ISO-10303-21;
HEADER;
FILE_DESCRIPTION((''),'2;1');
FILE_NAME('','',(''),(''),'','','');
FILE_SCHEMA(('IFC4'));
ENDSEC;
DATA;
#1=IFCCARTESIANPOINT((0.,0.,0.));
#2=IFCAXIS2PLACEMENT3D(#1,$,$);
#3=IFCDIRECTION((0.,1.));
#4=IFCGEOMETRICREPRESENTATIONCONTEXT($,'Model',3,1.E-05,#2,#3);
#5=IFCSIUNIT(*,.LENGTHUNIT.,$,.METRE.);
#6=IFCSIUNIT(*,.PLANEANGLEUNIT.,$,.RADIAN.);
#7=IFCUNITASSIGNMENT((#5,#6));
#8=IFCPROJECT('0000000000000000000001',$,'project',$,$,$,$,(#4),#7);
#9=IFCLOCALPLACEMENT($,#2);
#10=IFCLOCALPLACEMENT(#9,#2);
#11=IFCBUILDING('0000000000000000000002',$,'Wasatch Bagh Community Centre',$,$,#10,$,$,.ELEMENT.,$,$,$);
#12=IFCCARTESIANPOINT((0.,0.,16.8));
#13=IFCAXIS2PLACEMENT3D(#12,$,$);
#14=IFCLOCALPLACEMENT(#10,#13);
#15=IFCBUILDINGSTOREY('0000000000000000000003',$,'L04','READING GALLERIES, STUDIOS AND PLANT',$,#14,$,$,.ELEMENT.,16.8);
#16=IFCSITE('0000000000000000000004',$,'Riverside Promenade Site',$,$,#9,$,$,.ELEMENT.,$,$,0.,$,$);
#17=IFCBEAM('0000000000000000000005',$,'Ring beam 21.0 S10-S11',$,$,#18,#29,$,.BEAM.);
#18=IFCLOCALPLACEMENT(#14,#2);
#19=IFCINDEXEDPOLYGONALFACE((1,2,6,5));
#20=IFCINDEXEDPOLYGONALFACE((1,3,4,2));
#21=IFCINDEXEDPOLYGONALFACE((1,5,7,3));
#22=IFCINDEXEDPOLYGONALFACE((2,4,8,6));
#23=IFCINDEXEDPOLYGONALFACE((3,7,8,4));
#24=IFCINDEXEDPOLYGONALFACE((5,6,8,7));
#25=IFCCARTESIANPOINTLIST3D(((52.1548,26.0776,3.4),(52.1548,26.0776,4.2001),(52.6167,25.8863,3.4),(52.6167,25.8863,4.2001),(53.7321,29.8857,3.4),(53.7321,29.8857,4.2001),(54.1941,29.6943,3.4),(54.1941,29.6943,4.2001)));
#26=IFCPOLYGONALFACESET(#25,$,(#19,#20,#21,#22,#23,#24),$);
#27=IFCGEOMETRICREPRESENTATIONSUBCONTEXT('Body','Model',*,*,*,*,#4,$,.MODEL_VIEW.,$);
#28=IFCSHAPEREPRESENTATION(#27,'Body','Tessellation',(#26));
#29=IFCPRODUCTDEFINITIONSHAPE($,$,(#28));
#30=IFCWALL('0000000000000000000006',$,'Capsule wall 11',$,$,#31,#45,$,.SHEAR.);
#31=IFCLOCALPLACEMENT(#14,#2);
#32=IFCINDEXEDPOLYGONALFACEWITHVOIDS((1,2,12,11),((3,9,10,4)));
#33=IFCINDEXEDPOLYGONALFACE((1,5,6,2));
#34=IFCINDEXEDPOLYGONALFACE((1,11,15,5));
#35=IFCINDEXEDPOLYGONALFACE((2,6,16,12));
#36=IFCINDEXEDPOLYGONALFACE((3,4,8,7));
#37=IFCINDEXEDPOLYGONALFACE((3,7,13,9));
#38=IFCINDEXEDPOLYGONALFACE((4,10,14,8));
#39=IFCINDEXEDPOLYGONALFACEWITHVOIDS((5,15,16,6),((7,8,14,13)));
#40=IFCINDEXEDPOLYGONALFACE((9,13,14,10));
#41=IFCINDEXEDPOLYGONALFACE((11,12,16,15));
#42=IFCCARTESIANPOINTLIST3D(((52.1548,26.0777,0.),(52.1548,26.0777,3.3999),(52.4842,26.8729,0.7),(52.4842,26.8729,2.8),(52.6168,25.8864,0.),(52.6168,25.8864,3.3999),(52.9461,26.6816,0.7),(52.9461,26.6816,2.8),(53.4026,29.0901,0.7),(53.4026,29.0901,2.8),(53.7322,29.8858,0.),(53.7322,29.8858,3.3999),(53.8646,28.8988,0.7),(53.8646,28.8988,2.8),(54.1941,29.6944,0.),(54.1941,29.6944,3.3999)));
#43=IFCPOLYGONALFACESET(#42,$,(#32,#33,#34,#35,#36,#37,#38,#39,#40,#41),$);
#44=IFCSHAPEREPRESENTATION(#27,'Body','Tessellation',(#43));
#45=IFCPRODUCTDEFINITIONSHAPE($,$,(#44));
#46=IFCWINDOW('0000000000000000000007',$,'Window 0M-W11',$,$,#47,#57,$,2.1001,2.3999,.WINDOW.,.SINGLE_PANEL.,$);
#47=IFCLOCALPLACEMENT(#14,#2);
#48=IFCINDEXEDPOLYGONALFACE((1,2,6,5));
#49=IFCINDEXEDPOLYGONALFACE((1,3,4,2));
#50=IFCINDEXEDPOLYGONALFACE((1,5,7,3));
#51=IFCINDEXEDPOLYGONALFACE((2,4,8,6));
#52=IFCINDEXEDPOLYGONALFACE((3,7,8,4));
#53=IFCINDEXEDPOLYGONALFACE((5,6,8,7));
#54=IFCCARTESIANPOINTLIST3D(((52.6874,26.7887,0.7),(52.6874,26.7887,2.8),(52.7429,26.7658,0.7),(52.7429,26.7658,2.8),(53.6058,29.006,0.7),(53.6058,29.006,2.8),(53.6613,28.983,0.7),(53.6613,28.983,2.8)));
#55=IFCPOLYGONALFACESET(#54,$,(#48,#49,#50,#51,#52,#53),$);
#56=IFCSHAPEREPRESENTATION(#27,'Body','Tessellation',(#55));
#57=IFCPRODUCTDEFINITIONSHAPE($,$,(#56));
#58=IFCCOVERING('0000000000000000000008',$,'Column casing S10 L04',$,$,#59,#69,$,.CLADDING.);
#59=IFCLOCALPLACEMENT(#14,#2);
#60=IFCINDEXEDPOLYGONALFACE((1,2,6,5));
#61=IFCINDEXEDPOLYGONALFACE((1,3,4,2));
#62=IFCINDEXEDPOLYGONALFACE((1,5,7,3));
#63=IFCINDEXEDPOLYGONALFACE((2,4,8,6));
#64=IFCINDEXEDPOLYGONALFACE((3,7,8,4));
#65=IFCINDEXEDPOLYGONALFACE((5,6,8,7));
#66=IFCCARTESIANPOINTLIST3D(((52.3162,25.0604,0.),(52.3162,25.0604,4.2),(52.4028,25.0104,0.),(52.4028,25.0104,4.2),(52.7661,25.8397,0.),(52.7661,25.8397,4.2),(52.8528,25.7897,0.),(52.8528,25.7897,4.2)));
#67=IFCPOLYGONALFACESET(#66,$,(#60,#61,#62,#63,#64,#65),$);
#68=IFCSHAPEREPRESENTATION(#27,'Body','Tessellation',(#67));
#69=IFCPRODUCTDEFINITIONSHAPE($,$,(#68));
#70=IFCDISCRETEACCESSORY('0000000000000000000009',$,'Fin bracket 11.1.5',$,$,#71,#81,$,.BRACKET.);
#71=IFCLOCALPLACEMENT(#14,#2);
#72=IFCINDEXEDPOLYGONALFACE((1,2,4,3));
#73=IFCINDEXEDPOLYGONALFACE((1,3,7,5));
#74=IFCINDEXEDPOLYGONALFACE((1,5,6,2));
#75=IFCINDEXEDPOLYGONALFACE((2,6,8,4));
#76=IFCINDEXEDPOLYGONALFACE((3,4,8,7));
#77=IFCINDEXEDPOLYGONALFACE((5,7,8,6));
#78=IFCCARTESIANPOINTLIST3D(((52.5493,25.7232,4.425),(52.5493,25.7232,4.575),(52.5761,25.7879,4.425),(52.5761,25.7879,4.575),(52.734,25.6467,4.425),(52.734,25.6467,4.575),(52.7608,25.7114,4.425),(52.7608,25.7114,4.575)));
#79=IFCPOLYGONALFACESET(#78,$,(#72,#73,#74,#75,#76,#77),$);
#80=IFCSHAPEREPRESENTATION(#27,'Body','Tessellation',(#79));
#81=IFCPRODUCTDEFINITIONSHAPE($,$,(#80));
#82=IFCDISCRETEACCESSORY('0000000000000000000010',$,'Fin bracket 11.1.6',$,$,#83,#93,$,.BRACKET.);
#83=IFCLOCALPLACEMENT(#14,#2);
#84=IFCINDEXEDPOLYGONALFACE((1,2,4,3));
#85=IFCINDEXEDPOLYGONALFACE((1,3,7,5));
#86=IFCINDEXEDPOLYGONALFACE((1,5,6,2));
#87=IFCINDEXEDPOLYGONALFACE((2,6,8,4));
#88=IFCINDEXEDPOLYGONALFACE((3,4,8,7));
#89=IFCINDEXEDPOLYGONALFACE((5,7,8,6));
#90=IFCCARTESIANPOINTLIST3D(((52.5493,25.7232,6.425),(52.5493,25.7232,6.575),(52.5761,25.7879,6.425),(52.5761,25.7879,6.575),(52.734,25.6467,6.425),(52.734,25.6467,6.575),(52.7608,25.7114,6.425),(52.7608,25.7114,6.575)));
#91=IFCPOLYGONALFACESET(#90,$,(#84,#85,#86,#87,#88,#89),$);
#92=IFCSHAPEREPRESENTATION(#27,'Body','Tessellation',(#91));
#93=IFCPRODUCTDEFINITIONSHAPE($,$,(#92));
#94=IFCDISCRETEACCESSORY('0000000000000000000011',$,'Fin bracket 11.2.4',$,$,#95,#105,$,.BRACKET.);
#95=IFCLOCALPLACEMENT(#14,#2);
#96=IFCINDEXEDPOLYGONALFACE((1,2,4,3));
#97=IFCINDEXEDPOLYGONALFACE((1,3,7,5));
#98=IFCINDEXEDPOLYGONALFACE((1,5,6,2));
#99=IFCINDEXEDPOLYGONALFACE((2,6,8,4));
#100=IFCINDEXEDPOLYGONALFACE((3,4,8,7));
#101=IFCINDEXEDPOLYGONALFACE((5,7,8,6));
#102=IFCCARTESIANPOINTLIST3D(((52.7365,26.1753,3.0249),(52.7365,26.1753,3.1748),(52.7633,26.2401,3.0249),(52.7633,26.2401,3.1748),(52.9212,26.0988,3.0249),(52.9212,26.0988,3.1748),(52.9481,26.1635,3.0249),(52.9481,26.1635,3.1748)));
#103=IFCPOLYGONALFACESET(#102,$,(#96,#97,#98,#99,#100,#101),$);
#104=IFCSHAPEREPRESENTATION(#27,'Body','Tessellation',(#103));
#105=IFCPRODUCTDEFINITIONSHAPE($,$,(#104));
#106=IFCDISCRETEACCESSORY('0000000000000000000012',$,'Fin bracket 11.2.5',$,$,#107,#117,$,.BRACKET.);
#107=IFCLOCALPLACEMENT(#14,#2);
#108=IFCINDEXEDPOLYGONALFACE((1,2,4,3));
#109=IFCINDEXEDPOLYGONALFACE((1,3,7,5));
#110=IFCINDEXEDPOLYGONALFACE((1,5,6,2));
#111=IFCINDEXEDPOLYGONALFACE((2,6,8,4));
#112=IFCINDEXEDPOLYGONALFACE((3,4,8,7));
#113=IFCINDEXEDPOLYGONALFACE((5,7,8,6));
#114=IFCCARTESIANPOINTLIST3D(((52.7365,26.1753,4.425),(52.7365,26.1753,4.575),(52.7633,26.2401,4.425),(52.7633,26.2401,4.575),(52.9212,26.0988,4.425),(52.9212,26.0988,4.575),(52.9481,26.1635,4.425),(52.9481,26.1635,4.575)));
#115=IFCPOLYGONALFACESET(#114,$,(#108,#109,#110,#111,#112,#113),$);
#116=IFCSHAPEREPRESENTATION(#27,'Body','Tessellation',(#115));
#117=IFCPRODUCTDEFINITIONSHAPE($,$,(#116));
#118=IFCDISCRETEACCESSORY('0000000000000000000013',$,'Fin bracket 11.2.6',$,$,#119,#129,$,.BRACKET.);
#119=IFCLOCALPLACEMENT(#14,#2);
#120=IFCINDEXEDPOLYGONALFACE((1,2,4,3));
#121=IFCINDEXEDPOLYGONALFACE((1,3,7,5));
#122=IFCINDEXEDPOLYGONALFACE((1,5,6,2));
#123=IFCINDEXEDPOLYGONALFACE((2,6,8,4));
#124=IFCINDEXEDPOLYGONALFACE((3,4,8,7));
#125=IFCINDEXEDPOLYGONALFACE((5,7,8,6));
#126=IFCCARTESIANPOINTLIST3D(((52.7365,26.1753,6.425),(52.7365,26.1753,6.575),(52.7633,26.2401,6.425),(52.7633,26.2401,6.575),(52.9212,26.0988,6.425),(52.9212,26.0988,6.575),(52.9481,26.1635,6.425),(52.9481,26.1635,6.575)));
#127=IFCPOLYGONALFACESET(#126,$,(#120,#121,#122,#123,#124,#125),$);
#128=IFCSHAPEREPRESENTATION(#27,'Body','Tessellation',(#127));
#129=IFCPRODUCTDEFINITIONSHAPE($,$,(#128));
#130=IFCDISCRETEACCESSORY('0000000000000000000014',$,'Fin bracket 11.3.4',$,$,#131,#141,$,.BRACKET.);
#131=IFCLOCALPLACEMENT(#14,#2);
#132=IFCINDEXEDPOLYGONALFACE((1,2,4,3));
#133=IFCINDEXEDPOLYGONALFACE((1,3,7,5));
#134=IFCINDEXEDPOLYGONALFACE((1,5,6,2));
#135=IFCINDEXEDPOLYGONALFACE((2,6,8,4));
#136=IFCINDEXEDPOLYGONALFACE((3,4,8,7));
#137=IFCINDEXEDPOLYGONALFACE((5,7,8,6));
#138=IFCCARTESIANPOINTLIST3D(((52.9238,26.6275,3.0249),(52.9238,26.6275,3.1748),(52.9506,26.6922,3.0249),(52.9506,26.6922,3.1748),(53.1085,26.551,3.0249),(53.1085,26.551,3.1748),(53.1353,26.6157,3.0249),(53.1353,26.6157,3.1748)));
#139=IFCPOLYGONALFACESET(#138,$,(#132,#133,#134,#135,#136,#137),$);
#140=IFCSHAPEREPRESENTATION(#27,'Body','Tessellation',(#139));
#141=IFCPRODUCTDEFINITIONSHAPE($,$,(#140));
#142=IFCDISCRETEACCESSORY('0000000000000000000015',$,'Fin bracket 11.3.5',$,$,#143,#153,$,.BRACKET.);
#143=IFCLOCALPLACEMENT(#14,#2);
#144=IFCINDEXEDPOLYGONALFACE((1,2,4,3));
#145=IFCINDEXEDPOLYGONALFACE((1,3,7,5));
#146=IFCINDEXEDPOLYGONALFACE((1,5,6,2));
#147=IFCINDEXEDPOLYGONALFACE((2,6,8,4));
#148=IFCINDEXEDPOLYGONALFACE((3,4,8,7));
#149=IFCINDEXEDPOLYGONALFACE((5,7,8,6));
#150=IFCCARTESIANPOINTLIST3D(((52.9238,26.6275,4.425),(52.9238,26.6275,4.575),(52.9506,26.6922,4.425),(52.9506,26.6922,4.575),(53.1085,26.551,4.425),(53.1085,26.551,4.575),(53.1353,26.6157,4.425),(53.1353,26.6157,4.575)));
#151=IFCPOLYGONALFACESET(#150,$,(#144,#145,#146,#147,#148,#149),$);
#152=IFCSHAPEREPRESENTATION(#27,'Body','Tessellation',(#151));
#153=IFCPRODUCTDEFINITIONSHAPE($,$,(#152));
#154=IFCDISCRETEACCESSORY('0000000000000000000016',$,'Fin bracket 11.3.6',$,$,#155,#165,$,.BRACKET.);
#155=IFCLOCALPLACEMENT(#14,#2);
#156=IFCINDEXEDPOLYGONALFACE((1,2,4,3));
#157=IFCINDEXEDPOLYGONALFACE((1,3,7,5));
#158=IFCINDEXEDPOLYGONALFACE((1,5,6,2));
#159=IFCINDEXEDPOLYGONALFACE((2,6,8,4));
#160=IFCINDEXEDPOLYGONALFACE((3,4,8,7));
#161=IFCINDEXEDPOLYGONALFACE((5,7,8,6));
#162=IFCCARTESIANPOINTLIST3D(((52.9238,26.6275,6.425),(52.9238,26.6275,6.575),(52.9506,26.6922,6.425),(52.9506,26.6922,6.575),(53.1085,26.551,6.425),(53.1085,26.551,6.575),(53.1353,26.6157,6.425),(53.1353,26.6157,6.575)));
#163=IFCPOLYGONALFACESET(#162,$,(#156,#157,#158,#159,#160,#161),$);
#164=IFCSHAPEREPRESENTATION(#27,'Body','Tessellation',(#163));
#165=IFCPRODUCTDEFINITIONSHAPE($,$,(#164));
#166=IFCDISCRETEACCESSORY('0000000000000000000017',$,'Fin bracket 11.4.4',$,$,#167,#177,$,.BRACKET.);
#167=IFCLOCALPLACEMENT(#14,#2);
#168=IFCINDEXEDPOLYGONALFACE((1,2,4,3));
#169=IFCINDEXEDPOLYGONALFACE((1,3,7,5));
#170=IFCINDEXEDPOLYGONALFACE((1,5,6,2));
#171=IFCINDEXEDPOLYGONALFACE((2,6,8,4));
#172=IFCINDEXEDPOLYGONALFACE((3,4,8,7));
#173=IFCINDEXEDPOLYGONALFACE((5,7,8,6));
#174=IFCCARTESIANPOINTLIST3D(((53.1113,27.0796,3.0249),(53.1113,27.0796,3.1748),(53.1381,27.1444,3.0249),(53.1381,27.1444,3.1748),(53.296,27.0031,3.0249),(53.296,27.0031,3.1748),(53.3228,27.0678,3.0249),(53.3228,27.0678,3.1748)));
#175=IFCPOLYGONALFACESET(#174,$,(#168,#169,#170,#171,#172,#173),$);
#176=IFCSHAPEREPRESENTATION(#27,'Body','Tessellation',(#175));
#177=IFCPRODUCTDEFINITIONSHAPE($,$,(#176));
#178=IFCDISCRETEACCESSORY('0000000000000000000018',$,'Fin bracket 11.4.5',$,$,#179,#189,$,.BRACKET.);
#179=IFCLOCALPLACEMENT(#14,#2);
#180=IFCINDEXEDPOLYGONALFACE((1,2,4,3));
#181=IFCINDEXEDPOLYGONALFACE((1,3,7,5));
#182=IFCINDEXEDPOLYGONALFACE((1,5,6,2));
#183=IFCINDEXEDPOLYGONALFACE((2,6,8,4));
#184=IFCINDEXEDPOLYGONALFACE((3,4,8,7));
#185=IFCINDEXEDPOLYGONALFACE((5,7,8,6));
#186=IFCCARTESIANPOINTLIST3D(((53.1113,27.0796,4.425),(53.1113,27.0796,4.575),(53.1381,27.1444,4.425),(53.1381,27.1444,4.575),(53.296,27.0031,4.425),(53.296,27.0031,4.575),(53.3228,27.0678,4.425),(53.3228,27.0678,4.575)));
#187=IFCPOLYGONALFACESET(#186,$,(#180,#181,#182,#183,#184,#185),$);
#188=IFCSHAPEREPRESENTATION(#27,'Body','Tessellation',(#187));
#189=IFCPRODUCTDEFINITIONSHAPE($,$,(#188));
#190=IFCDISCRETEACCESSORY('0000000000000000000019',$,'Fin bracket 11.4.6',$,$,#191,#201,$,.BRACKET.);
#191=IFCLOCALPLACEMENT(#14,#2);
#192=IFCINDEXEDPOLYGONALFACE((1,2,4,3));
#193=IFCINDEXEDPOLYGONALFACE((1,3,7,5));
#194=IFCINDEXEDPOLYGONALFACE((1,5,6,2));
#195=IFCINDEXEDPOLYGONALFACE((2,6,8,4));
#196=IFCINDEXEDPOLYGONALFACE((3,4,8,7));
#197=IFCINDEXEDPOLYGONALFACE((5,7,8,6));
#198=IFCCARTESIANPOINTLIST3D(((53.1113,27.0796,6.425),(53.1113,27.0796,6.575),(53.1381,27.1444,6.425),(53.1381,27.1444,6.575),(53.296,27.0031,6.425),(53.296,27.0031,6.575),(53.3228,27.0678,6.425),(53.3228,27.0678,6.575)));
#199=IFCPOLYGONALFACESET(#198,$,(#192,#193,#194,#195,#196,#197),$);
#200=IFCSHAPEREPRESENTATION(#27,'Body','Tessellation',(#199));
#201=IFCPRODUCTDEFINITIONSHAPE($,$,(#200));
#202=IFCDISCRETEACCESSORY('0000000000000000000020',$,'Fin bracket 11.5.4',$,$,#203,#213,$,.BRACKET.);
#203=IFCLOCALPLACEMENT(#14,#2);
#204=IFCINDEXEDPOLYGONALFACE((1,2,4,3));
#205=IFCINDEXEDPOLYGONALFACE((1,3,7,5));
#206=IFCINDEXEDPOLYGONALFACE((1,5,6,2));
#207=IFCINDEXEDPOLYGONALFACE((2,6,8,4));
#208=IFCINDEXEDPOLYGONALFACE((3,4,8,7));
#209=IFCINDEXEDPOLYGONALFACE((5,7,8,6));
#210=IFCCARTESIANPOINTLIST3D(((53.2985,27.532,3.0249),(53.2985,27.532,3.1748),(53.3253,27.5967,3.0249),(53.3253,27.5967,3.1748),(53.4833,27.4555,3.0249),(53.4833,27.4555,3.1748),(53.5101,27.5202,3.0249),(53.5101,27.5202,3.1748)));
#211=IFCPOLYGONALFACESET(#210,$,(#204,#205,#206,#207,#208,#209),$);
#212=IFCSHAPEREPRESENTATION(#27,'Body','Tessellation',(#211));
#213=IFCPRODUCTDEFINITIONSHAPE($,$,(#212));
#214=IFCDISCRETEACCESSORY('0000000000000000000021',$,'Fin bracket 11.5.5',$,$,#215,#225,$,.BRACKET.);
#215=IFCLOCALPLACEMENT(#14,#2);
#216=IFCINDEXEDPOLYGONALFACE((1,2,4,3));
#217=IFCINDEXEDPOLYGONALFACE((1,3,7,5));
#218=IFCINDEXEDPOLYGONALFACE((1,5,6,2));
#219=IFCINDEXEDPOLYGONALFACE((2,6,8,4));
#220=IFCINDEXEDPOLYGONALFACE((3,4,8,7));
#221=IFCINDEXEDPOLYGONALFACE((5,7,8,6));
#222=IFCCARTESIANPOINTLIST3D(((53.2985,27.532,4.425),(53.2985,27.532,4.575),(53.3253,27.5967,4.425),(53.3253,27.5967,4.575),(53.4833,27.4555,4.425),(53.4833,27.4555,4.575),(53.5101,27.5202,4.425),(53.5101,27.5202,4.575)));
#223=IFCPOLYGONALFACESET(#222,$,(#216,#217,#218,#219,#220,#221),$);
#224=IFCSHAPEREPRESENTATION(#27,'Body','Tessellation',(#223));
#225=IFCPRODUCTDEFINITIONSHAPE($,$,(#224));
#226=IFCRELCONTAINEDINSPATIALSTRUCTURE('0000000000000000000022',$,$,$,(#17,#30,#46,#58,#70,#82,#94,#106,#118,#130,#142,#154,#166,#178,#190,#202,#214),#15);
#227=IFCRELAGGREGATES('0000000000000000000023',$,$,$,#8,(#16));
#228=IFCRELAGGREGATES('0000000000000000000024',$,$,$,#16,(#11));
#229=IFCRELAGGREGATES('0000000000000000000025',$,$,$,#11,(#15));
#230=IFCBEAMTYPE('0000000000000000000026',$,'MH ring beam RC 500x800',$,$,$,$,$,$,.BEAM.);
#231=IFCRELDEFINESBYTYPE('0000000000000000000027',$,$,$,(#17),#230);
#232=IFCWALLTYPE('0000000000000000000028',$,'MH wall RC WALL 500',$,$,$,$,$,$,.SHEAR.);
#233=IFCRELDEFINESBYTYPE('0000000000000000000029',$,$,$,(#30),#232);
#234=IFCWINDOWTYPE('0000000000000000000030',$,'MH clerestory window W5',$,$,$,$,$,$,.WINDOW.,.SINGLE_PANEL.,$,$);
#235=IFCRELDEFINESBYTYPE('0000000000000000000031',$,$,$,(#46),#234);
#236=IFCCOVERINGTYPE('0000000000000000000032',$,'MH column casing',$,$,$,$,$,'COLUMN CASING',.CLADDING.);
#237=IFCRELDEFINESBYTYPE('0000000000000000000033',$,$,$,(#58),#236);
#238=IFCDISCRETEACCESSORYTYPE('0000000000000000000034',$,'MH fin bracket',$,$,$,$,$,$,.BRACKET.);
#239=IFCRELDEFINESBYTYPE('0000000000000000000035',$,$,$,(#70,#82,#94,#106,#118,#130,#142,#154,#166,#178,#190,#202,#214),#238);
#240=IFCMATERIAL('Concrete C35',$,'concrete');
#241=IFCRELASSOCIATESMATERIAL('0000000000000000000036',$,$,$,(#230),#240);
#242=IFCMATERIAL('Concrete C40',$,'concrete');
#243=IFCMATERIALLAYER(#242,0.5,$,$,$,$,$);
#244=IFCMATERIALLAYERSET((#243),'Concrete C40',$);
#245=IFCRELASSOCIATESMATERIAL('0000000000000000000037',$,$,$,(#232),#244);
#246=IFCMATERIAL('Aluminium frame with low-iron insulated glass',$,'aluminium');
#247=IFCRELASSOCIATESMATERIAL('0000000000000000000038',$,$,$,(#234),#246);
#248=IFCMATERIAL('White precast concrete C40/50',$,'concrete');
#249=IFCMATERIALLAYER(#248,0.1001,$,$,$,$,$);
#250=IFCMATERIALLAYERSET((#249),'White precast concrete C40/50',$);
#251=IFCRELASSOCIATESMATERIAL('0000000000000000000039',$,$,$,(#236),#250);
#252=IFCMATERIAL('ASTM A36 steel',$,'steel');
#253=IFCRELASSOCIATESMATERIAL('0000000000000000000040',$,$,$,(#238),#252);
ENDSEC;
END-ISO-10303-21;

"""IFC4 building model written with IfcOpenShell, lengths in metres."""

from ifc_helpers import new_model, si_unit, direction, frame, frame_2d, origin, origin_2d, place, context, subcontext, project, spatial, rectangle, extrude, material, layer, layer_set, material_profile, profile_set, type_object, element, fill, save


model = new_model("IFC4")

# Units and contexts
model_context = context("Model", 3, precision=1e-05, world=origin(), true_north=direction((0.0, 1.0)))
body_context = subcontext(model_context, "Body", "Model", "MODEL_VIEW")
ifc_project = project(units=[si_unit("LENGTHUNIT", "METRE"), si_unit("PLANEANGLEUNIT", "RADIAN")], contexts=[model_context])

# Site, building, storey
site_placement = place(None, origin())
site = spatial("IfcSite", under=ifc_project, at=site_placement, Name="Riverside Promenade Site", CompositionType="ELEMENT", RefElevation=0.0)
building_placement = place(site_placement, origin())
building = spatial("IfcBuilding", under=site, at=building_placement, Name="Wasatch Bagh Community Centre", CompositionType="ELEMENT")
storey_placement = place(building_placement, frame((0.0, 0.0, 16.8)))
storey = spatial("IfcBuildingStorey", under=building, at=storey_placement, Name="L04", Description="READING GALLERIES, STUDIOS AND PLANT", CompositionType="ELEMENT", Elevation=16.8)

# Beam
ifc_material_1 = material(Name="Concrete C35", Category="concrete")
ifc_material_profile = material_profile(ifc_material_1, rectangle(XDim=0.5, YDim=0.8, at=origin_2d()), Name="RC 500x800")
ifc_profile_set = profile_set([ifc_material_profile], Name="Concrete C35")
beam_type = type_object("IfcBeamType", Name="MH ring beam RC 500x800", PredefinedType="BEAM", material=ifc_profile_set)
beam_placement = place(storey_placement, frame((52.3857, 25.9819, 3.8), z_axis=(0.382688, 0.923878, 0.0), x_axis=(-0.923878, 0.382688, 0.0)))
element("IfcBeam", 1, at=beam_placement, inside=storey, type_object=beam_type, Name="Ring beam 21.0 S10-S11", PredefinedType="BEAM", context=body_context, shape_type="SweptSolid", body=[
    extrude(rectangle(XDim=0.5, YDim=0.8, at=origin_2d()), origin(), (0.0, 0.0, 1.0), 4.1218),
])

# Wall, opening, window
ifc_material_2 = material(Name="Concrete C40", Category="concrete")
ifc_layer_1 = layer(ifc_material_2, 0.5)
ifc_layer_set_1 = layer_set([ifc_layer_1], Name="Concrete C40")
wall_type = type_object("IfcWallType", Name="MH wall RC WALL 500", PredefinedType="SHEAR", material=ifc_layer_set_1)
wall_placement = place(storey_placement, frame((52.3857, 25.9819, 0.0), z_axis=(0.0, 0.0, 1.0), x_axis=(0.382688, 0.923878, 0.0)))
wall = element("IfcWall", 2, at=wall_placement, inside=storey, type_object=wall_type, Name="Capsule wall 11", PredefinedType="SHEAR", context=body_context, shape_type="SweptSolid", body=[
    extrude(rectangle(XDim=4.1218, YDim=0.5, at=frame_2d((2.061, 0.0))), origin(), (0.0, 0.0, 1.0), 3.3999),
])
opening_placement = place(wall_placement, frame((0.8608, 0.0, 0.7)))
opening = element("IfcOpeningElement", 3, at=opening_placement, cuts=wall, PredefinedType="OPENING", context=body_context, shape_type="SweptSolid", body=[
    extrude(rectangle(XDim=2.3999, YDim=2.1001, at=frame_2d((1.2, 1.05))), frame((0.0, 0.26, 0.0), z_axis=(0.0, -1.0, 0.0), x_axis=(1.0, 0.0, 0.0)), (0.0, 0.0, 1.0), 0.52),
])
ifc_material_3 = material(Name="Aluminium frame with low-iron insulated glass", Category="aluminium")
window_type = type_object("IfcWindowType", Name="MH clerestory window W5", PartitioningType="SINGLE_PANEL", PredefinedType="WINDOW", material=ifc_material_3)
window_placement = place(opening_placement, origin())
window = element("IfcWindow", 4, at=window_placement, inside=storey, type_object=window_type, Name="Window 0M-W11", OverallHeight=2.1001, OverallWidth=2.3999, PartitioningType="SINGLE_PANEL", PredefinedType="WINDOW", context=body_context, shape_type="SweptSolid", body=[
    extrude(rectangle(XDim=2.3999, YDim=2.1001, at=frame_2d((1.2, 1.05))), frame((0.0, 0.03, 0.0), z_axis=(0.0, -1.0, 0.0), x_axis=(1.0, 0.0, 0.0)), (0.0, 0.0, 1.0), 0.0601),
])
fill(opening, window)

# Covering
ifc_material_4 = material(Name="White precast concrete C40/50", Category="concrete")
ifc_layer_2 = layer(ifc_material_4, 0.1001)
ifc_layer_set_2 = layer_set([ifc_layer_2], Name="White precast concrete C40/50")
covering_type = type_object("IfcCoveringType", Name="MH column casing", ElementType="COLUMN CASING", PredefinedType="CLADDING", material=ifc_layer_set_2)
covering_placement = place(storey_placement, frame((52.5845, 25.425, 0.0), z_axis=(0.0, 0.0, 1.0), x_axis=(0.5, 0.866025, 0.0)))
element("IfcCovering", 5, at=covering_placement, inside=storey, type_object=covering_type, Name="Column casing S10 L04", PredefinedType="CLADDING", context=body_context, shape_type="SweptSolid", body=[
    extrude(rectangle(XDim=0.8999, YDim=0.1001, at=origin_2d()), origin(), (0.0, 0.0, 1.0), 4.2),
])

# Discrete accessories
ifc_material_5 = material(Name="ASTM A36 steel", Category="steel")
discrete_accessory_type = type_object("IfcDiscreteAccessoryType", Name="MH fin bracket", PredefinedType="BRACKET", material=ifc_material_5)
for number, where, z_axis, x_axis, name in (
    (6, (52.655, 25.7173, 4.425), (0.0, 0.0, 1.0), (0.382683, 0.92388, 0.0), "Fin bracket 11.1.5"),
    (7, (52.655, 25.7173, 6.425), (0.0, 0.0, 1.0), (0.382683, 0.92388, 0.0), "Fin bracket 11.1.6"),
    (8, (52.8423, 26.1694, 3.0249), (0.0, 0.0, 1.0), (0.382683, 0.92388, 0.0), "Fin bracket 11.2.4"),
    (9, (52.8423, 26.1694, 4.425), (0.0, 0.0, 1.0), (0.382683, 0.92388, 0.0), "Fin bracket 11.2.5"),
    (10, (52.8423, 26.1694, 6.425), (0.0, 0.0, 1.0), (0.382683, 0.92388, 0.0), "Fin bracket 11.2.6"),
    (11, (53.0295, 26.6216, 3.0249), (0.0, 0.0, 1.0), (0.382683, 0.92388, 0.0), "Fin bracket 11.3.4"),
    (12, (53.0295, 26.6216, 4.425), (0.0, 0.0, 1.0), (0.382683, 0.92388, 0.0), "Fin bracket 11.3.5"),
    (13, (53.0295, 26.6216, 6.425), (0.0, 0.0, 1.0), (0.382683, 0.92388, 0.0), "Fin bracket 11.3.6"),
    (14, (53.217, 27.0737, 3.0249), (0.0, 0.0, 1.0), (0.382683, 0.92388, 0.0), "Fin bracket 11.4.4"),
    (15, (53.217, 27.0737, 4.425), (0.0, 0.0, 1.0), (0.382683, 0.92388, 0.0), "Fin bracket 11.4.5"),
    (16, (53.217, 27.0737, 6.425), (0.0, 0.0, 1.0), (0.382683, 0.92388, 0.0), "Fin bracket 11.4.6"),
    (17, (53.4043, 27.5261, 3.0249), (0.0, 0.0, 1.0), (0.382683, 0.92388, 0.0), "Fin bracket 11.5.4"),
    (18, (53.4043, 27.5261, 4.425), (0.0, 0.0, 1.0), (0.382683, 0.92388, 0.0), "Fin bracket 11.5.5"),
):
    element("IfcDiscreteAccessory", number, at=place(storey_placement, frame(where, z_axis=z_axis, x_axis=x_axis)), inside=storey, type_object=discrete_accessory_type, Name=name, PredefinedType="BRACKET", context=body_context, shape_type="SweptSolid", body=[
        extrude(rectangle(XDim=0.0701, YDim=0.2, at=origin_2d()), origin(), (0.0, 0.0, 1.0), 0.1499),
    ])

save(model, "model.ifc")
